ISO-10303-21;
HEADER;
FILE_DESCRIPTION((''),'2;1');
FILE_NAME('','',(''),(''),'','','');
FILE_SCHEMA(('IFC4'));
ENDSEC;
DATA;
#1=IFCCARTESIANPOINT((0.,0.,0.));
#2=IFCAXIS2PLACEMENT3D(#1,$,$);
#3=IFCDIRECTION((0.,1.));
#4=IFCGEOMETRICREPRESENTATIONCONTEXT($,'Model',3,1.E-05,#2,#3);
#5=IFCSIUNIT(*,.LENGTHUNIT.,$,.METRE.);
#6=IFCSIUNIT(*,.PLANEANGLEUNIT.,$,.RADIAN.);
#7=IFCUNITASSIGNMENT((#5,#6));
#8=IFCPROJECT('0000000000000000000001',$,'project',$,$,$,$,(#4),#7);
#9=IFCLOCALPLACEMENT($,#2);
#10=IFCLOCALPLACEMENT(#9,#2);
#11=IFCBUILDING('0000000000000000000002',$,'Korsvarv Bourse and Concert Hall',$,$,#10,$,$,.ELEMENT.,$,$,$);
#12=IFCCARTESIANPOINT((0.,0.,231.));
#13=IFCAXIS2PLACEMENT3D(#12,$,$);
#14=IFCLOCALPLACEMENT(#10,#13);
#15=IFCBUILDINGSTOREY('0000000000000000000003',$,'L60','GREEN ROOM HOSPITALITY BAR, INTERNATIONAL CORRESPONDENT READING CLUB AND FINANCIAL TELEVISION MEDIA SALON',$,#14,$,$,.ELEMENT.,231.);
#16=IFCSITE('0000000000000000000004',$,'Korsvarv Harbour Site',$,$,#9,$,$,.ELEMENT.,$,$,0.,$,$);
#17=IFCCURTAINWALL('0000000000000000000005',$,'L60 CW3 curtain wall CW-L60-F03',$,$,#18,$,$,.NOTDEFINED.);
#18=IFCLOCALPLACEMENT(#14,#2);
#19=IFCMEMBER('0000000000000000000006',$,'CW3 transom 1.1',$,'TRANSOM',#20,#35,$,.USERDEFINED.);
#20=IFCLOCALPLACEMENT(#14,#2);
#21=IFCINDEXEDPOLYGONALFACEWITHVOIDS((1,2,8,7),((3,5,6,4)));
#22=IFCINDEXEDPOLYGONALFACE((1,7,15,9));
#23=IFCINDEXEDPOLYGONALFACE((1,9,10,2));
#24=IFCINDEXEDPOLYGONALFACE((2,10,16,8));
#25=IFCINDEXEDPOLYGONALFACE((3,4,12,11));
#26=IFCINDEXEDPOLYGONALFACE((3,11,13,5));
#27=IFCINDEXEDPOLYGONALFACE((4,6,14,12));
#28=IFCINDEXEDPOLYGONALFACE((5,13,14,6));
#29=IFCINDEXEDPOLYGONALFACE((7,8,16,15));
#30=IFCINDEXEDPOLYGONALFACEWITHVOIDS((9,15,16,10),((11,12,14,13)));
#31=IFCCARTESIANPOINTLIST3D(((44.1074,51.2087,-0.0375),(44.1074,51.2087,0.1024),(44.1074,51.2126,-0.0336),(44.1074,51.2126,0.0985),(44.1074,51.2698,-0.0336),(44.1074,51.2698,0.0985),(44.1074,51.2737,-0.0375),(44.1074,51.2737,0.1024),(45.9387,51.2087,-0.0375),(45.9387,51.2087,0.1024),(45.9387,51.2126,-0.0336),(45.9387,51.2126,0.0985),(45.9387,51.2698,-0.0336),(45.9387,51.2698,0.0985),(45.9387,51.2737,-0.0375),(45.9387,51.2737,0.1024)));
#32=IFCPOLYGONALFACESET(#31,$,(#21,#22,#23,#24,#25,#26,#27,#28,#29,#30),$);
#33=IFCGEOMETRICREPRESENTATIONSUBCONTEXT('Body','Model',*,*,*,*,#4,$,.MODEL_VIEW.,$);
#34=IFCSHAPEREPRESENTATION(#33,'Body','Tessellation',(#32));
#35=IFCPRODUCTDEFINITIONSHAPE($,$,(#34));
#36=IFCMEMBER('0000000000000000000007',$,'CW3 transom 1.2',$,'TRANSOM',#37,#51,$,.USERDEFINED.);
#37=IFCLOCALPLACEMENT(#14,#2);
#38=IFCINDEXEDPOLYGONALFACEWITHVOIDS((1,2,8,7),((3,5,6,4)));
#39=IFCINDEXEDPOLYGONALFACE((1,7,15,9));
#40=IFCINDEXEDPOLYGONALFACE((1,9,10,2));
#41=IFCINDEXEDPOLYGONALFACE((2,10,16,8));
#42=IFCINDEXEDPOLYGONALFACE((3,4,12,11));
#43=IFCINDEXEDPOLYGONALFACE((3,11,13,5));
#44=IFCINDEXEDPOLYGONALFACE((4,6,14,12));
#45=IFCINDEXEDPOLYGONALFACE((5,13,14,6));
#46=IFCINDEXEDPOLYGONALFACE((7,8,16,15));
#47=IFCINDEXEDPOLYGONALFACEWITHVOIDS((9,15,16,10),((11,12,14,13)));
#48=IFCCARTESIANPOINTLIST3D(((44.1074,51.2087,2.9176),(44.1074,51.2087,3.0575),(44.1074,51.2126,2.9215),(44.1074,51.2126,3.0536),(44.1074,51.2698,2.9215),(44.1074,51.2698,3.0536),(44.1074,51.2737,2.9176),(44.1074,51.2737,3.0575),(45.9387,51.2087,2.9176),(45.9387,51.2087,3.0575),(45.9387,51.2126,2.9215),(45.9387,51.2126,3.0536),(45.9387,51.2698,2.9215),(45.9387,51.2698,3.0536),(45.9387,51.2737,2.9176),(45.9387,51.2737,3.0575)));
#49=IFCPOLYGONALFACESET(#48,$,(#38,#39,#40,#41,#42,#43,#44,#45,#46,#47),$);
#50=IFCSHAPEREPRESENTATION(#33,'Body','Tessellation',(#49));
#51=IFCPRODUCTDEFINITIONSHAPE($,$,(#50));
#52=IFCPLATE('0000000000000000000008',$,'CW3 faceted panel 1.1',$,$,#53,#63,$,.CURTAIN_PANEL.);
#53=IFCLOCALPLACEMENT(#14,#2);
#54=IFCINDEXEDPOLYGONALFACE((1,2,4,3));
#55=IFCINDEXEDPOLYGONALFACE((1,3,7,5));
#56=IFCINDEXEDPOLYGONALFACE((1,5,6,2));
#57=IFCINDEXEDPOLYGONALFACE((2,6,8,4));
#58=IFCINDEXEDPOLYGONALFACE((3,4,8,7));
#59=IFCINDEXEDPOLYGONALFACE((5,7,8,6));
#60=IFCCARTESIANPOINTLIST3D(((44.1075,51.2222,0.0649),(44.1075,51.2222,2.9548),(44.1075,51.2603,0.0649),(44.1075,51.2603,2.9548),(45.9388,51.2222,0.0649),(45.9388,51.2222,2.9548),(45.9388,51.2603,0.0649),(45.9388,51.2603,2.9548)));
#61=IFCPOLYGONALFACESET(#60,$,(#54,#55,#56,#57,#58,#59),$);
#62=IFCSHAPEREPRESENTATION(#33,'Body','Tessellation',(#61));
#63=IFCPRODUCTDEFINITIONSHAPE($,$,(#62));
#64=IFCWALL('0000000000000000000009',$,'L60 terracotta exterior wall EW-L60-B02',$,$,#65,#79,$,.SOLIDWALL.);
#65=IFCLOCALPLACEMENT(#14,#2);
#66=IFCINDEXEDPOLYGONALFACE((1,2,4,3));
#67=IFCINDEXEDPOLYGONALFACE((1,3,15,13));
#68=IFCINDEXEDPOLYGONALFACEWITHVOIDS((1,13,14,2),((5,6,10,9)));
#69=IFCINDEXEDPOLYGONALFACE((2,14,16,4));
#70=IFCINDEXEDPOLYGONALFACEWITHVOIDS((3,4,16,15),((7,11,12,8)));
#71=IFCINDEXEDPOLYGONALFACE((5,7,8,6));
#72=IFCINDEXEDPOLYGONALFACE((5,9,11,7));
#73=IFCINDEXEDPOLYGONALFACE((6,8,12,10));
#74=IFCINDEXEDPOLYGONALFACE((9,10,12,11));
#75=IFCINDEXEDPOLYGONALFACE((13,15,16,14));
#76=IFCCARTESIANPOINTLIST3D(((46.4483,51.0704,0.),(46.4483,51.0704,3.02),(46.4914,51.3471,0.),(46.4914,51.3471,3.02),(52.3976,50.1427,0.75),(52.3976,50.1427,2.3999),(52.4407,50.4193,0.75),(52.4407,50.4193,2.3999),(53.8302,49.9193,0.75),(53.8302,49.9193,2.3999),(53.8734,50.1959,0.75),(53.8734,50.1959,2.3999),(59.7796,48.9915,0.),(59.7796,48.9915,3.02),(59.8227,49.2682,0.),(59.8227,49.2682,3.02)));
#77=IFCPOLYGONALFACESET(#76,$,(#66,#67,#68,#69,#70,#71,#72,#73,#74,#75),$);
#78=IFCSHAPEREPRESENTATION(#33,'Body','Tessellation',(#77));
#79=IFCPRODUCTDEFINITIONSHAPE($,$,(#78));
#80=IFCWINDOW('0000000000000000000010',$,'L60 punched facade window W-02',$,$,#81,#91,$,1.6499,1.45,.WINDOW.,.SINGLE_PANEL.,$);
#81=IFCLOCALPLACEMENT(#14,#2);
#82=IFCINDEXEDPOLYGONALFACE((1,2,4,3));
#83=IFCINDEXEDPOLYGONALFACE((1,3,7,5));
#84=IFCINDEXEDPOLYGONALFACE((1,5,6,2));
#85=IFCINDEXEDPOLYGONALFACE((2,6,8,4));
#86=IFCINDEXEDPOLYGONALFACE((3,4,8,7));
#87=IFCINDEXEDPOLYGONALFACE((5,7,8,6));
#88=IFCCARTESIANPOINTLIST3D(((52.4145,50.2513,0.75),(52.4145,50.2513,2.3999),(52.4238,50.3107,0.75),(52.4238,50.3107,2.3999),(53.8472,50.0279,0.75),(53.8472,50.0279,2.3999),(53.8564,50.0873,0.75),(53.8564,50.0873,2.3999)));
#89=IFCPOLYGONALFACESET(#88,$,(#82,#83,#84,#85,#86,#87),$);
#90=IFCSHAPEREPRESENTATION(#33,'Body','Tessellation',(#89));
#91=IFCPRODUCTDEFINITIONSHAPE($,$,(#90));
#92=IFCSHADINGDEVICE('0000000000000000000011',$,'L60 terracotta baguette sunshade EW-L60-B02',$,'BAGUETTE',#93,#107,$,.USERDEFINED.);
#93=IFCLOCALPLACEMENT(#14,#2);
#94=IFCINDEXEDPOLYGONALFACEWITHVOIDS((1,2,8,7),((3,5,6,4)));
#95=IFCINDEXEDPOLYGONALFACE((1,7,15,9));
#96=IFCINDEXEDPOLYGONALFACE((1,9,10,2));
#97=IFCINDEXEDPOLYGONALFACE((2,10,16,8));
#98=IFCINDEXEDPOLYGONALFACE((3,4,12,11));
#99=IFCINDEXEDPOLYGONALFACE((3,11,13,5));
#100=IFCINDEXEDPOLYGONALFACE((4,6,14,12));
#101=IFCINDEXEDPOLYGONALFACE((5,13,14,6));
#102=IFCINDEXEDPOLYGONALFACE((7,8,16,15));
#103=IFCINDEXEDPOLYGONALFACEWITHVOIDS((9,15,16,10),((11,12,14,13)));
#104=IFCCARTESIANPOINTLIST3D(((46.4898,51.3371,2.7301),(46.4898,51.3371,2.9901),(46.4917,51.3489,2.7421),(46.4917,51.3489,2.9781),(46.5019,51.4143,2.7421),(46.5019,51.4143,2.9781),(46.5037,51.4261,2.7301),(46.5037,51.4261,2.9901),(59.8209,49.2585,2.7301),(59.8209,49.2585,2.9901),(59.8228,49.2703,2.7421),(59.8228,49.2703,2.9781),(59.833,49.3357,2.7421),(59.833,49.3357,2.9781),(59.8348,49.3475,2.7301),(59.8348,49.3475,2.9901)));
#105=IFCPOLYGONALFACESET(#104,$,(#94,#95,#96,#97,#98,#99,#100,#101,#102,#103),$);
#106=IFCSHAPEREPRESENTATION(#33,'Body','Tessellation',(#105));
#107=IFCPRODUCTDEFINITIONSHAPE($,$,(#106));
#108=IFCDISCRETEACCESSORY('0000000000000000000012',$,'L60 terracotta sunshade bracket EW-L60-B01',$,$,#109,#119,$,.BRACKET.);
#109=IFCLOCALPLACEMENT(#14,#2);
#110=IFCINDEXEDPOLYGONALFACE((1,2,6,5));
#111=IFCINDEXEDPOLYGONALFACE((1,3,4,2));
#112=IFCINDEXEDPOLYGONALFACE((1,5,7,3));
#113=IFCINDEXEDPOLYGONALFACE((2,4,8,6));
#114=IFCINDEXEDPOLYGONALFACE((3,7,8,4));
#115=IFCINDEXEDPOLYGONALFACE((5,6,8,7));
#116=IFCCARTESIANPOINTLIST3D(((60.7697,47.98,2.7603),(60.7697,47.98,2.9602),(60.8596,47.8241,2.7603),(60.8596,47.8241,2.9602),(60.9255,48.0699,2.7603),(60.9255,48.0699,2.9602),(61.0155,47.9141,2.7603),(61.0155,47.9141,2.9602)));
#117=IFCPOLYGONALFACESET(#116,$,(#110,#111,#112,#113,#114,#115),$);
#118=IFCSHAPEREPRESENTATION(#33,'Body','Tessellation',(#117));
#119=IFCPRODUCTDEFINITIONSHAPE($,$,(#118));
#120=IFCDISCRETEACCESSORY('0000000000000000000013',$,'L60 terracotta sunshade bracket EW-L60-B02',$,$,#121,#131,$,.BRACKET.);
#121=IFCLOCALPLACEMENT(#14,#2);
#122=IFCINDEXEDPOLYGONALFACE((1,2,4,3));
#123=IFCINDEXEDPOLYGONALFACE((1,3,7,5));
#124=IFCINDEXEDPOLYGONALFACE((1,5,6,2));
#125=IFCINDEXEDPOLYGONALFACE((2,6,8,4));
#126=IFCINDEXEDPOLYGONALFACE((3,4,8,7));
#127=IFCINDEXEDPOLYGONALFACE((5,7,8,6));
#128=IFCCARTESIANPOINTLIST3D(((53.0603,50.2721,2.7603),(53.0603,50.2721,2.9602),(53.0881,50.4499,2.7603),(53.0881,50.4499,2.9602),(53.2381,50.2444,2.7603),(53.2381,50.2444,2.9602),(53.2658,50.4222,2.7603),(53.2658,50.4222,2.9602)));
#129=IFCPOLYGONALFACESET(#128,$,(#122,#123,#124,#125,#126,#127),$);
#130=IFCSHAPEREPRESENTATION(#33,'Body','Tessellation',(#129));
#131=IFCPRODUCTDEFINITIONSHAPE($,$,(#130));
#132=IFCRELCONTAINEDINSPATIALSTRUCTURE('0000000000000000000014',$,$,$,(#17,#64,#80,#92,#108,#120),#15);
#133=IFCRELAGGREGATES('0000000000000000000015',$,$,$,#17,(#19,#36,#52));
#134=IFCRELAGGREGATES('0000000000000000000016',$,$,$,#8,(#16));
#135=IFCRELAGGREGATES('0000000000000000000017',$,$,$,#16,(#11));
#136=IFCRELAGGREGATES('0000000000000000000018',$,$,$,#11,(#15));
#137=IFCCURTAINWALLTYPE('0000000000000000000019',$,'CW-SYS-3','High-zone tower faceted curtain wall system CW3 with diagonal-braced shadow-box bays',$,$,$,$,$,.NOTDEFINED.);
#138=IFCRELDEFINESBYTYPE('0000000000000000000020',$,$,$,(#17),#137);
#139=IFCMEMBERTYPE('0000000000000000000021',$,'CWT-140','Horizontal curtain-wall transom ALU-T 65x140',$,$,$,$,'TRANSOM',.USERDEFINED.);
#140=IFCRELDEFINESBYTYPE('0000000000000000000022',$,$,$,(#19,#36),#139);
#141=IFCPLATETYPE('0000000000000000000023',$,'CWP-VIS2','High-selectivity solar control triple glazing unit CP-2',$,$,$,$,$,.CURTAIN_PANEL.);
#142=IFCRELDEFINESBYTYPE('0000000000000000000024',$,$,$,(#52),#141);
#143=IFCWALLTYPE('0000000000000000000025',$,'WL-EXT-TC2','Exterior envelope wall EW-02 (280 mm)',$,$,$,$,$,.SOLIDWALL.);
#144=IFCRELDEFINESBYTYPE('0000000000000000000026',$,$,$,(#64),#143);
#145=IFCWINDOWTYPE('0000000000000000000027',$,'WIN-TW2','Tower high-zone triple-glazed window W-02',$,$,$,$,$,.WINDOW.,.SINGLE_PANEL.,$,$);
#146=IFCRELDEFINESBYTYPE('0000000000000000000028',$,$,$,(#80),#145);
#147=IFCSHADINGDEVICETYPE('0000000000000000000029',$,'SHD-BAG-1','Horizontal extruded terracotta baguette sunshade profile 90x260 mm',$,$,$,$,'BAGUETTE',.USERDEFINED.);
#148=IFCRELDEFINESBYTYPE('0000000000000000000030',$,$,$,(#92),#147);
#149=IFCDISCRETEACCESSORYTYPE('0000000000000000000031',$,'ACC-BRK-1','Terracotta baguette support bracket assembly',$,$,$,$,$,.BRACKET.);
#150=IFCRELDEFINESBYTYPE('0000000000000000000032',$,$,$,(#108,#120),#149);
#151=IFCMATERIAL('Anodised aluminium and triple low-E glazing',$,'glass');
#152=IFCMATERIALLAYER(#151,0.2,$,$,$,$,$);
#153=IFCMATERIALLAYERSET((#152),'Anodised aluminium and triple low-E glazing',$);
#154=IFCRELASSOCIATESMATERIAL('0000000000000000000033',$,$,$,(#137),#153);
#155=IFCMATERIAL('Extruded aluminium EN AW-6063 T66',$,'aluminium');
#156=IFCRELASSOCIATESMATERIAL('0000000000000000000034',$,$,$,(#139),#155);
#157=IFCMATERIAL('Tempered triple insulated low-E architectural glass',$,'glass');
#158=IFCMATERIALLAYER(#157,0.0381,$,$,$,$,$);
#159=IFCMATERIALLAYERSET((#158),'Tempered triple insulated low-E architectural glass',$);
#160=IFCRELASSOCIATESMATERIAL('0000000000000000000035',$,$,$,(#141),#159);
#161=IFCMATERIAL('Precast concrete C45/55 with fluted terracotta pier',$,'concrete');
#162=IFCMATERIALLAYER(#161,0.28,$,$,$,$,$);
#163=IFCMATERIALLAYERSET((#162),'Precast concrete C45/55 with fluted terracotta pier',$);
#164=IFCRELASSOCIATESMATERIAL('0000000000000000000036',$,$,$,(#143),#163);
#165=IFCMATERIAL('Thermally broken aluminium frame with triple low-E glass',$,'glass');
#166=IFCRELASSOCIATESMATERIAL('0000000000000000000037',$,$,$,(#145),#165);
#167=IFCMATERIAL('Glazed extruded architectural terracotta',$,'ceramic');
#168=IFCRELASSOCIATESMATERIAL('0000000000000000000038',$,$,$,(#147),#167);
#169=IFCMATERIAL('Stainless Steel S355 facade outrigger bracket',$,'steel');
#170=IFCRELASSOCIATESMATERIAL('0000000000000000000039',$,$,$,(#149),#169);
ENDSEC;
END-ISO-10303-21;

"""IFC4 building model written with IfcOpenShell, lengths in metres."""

from ifc_helpers import new_model, si_unit, direction, frame, frame_2d, origin, origin_2d, place, context, subcontext, project, spatial, rectangle, hollow_rectangle, extrude, source, transform, mapped, material, layer, layer_set, material_profile, profile_set, type_object, element, fill, aggregate, save


model = new_model("IFC4")

# Units and contexts
model_context = context("Model", 3, precision=1e-05, world=origin(), true_north=direction((0.0, 1.0)))
body_context = subcontext(model_context, "Body", "Model", "MODEL_VIEW")
ifc_project = project(units=[si_unit("LENGTHUNIT", "METRE"), si_unit("PLANEANGLEUNIT", "RADIAN")], contexts=[model_context])

# Site, building, storey
site_placement = place(None, origin())
site = spatial("IfcSite", under=ifc_project, at=site_placement, Name="Korsvarv Harbour Site", CompositionType="ELEMENT", RefElevation=0.0)
building_placement = place(site_placement, origin())
building = spatial("IfcBuilding", under=site, at=building_placement, Name="Korsvarv Bourse and Concert Hall", CompositionType="ELEMENT")
storey_placement = place(building_placement, frame((0.0, 0.0, 231.0)))
storey = spatial("IfcBuildingStorey", under=building, at=storey_placement, Name="L60", Description="GREEN ROOM HOSPITALITY BAR, INTERNATIONAL CORRESPONDENT READING CLUB AND FINANCIAL TELEVISION MEDIA SALON", CompositionType="ELEMENT", Elevation=231.0)

# Curtain wall, members, plate
ifc_material_1 = material(Name="Anodised aluminium and triple low-E glazing", Category="glass")
ifc_layer_1 = layer(ifc_material_1, 0.2)
ifc_layer_set_1 = layer_set([ifc_layer_1], Name="Anodised aluminium and triple low-E glazing")
curtain_wall_type = type_object("IfcCurtainWallType", Name="CW-SYS-3", Description="High-zone tower faceted curtain wall system CW3 with diagonal-braced shadow-box bays", PredefinedType="NOTDEFINED", material=ifc_layer_set_1)
curtain_wall_placement = place(storey_placement, origin())
curtain_wall = element("IfcCurtainWall", 1, at=curtain_wall_placement, inside=storey, type_object=curtain_wall_type, Name="L60 CW3 curtain wall CW-L60-F03", PredefinedType="NOTDEFINED")
ifc_material_2 = material(Name="Extruded aluminium EN AW-6063 T66", Category="aluminium")
ifc_material_profile_1 = material_profile(ifc_material_2, hollow_rectangle(XDim=0.0649, YDim=0.1399, WallThickness=0.0039, at=origin_2d()), Name="ALU-T 65x140")
ifc_profile_set_1 = profile_set([ifc_material_profile_1], Name="Extruded aluminium EN AW-6063 T66")
member_type_1 = type_object("IfcMemberType", Name="CWT-140", Description="Horizontal curtain-wall transom ALU-T 65x140", ElementType="TRANSOM", PredefinedType="USERDEFINED", material=ifc_profile_set_1)
shared_shape_1 = source(origin(), body_context, "Body", "SweptSolid", [
    extrude(hollow_rectangle(XDim=0.0649, YDim=0.1399, WallThickness=0.0039, at=origin_2d()), origin(), (0.0, 0.0, 1.0), 1.8313),
])
member_1_placement = place(storey_placement, frame((45.9387, 51.2412, 0.0325), z_axis=(-1.0, 0.0, 0.0), x_axis=(0.0, -1.0, 0.0)))
member_1 = element("IfcMember", 2, at=member_1_placement, type_object=member_type_1, Name="CW3 transom 1.1", ObjectType="TRANSOM", PredefinedType="USERDEFINED", context=body_context, shape_type="MappedRepresentation", body=[
    mapped(shared_shape_1, transform((0.0, 0.0, 0.0), scale=1.0)),
])
member_2_placement = place(storey_placement, frame((45.9387, 51.2412, 2.9875), z_axis=(-1.0, 0.0, 0.0), x_axis=(0.0, -1.0, 0.0)))
member_2 = element("IfcMember", 3, at=member_2_placement, type_object=member_type_1, Name="CW3 transom 1.2", ObjectType="TRANSOM", PredefinedType="USERDEFINED", context=body_context, shape_type="MappedRepresentation", body=[
    mapped(shared_shape_1, transform((0.0, 0.0, 0.0), scale=1.0)),
])
ifc_material_3 = material(Name="Tempered triple insulated low-E architectural glass", Category="glass")
ifc_layer_2 = layer(ifc_material_3, 0.0381)
ifc_layer_set_2 = layer_set([ifc_layer_2], Name="Tempered triple insulated low-E architectural glass")
plate_type = type_object("IfcPlateType", Name="CWP-VIS2", Description="High-selectivity solar control triple glazing unit CP-2", PredefinedType="CURTAIN_PANEL", material=ifc_layer_set_2)
shared_shape_2 = source(origin(), body_context, "Body", "SweptSolid", [
    extrude(rectangle(XDim=1.8313, YDim=0.0381, at=origin_2d()), origin(), (0.0, 0.0, 1.0), 2.8899),
])
plate_placement = place(storey_placement, frame((45.0232, 51.2412, 0.0649), z_axis=(0.0, 0.0, 1.0), x_axis=(-1.0, 0.0, 0.0)))
plate = element("IfcPlate", 4, at=plate_placement, type_object=plate_type, Name="CW3 faceted panel 1.1", PredefinedType="CURTAIN_PANEL", context=body_context, shape_type="MappedRepresentation", body=[
    mapped(shared_shape_2, transform((0.0, 0.0, 0.0), scale=1.0)),
])
aggregate(curtain_wall, [member_1, member_2, plate])

# Wall, opening, window
ifc_material_4 = material(Name="Precast concrete C45/55 with fluted terracotta pier", Category="concrete")
ifc_layer_3 = layer(ifc_material_4, 0.28)
ifc_layer_set_3 = layer_set([ifc_layer_3], Name="Precast concrete C45/55 with fluted terracotta pier")
wall_type = type_object("IfcWallType", Name="WL-EXT-TC2", Description="Exterior envelope wall EW-02 (280 mm)", PredefinedType="SOLIDWALL", material=ifc_layer_set_3)
wall_placement = place(storey_placement, frame((59.801, 49.1299, 0.0), z_axis=(0.0, 0.0, 1.0), x_axis=(-0.988059, 0.154076, 0.0)))
wall = element("IfcWall", 5, at=wall_placement, inside=storey, type_object=wall_type, Name="L60 terracotta exterior wall EW-L60-B02", PredefinedType="SOLIDWALL", context=body_context, shape_type="SweptSolid", body=[
    extrude(rectangle(XDim=13.4924, YDim=0.28, at=frame_2d((6.7461, 0.0))), origin(), (0.0, 0.0, 1.0), 3.02),
])
opening_placement = place(wall_placement, frame((6.021, 0.0, 0.75)))
opening = element("IfcOpeningElement", 6, at=opening_placement, cuts=wall, PredefinedType="OPENING", context=body_context, shape_type="SweptSolid", body=[
    extrude(rectangle(XDim=1.45, YDim=1.6499, at=frame_2d((0.7251, 0.825))), frame((0.0, 0.1499, 0.0), z_axis=(0.0, -1.0, 0.0), x_axis=(1.0, 0.0, 0.0)), (0.0, 0.0, 1.0), 0.3),
])
ifc_material_5 = material(Name="Thermally broken aluminium frame with triple low-E glass", Category="glass")
window_type = type_object("IfcWindowType", Name="WIN-TW2", Description="Tower high-zone triple-glazed window W-02", PartitioningType="SINGLE_PANEL", PredefinedType="WINDOW", material=ifc_material_5)
window_placement = place(opening_placement, origin())
window = element("IfcWindow", 7, at=window_placement, inside=storey, type_object=window_type, Name="L60 punched facade window W-02", OverallHeight=1.6499, OverallWidth=1.45, PartitioningType="SINGLE_PANEL", PredefinedType="WINDOW", context=body_context, shape_type="SweptSolid", body=[
    extrude(rectangle(XDim=1.45, YDim=1.6499, at=frame_2d((0.7251, 0.825))), frame((0.0, 0.03, 0.0), z_axis=(0.0, -1.0, 0.0), x_axis=(1.0, 0.0, 0.0)), (0.0, 0.0, 1.0), 0.0601),
])
fill(opening, window)

# Shading device
ifc_material_6 = material(Name="Glazed extruded architectural terracotta", Category="ceramic")
ifc_material_profile_2 = material_profile(ifc_material_6, hollow_rectangle(XDim=0.0901, YDim=0.26, WallThickness=0.012, at=origin_2d()), Name="TC-BAG 90x260")
ifc_profile_set_2 = profile_set([ifc_material_profile_2], Name="Glazed extruded architectural terracotta")
shading_device_type = type_object("IfcShadingDeviceType", Name="SHD-BAG-1", Description="Horizontal extruded terracotta baguette sunshade profile 90x260 mm", ElementType="BAGUETTE", PredefinedType="USERDEFINED", material=ifc_profile_set_2)
shared_shape_3 = source(origin(), body_context, "Body", "SweptSolid", [
    extrude(hollow_rectangle(XDim=0.0901, YDim=0.26, WallThickness=0.012, at=origin_2d()), origin(), (0.0, 0.0, 1.0), 13.4922),
])
shading_device_placement = place(storey_placement, frame((59.8279, 49.303, 2.8601), z_axis=(-0.988061, 0.154061, 0.0), x_axis=(-0.154061, -0.988061, 0.0)))
element("IfcShadingDevice", 8, at=shading_device_placement, inside=storey, type_object=shading_device_type, Name="L60 terracotta baguette sunshade EW-L60-B02", ObjectType="BAGUETTE", PredefinedType="USERDEFINED", context=body_context, shape_type="MappedRepresentation", body=[
    mapped(shared_shape_3, transform((0.0, 0.0, 0.0), scale=1.0)),
])

# Discrete accessories
ifc_material_7 = material(Name="Stainless Steel S355 facade outrigger bracket", Category="steel")
discrete_accessory_type = type_object("IfcDiscreteAccessoryType", Name="ACC-BRK-1", Description="Terracotta baguette support bracket assembly", PredefinedType="BRACKET", material=ifc_material_7)
shared_shape_4 = source(origin(), body_context, "Body", "SweptSolid", [
    extrude(rectangle(XDim=0.1799, YDim=0.1799, at=origin_2d()), origin(), (0.0, 0.0, 1.0), 0.2),
])
for number, where, z_axis, x_axis, name in (
    (9, (60.8926, 47.947, 2.7603), (0.0, 0.0, 1.0), (-0.5, 0.866025, 0.0), "L60 terracotta sunshade bracket EW-L60-B01"),
    (10, (53.1631, 50.3472, 2.7603), (0.0, 0.0, 1.0), (-0.988068, 0.154021, 0.0), "L60 terracotta sunshade bracket EW-L60-B02"),
):
    element("IfcDiscreteAccessory", number, at=place(storey_placement, frame(where, z_axis=z_axis, x_axis=x_axis)), inside=storey, type_object=discrete_accessory_type, Name=name, PredefinedType="BRACKET", context=body_context, shape_type="MappedRepresentation", body=[
        mapped(shared_shape_4, transform((0.0, 0.0, 0.0), scale=1.0)),
    ])

save(model, "model.ifc")
